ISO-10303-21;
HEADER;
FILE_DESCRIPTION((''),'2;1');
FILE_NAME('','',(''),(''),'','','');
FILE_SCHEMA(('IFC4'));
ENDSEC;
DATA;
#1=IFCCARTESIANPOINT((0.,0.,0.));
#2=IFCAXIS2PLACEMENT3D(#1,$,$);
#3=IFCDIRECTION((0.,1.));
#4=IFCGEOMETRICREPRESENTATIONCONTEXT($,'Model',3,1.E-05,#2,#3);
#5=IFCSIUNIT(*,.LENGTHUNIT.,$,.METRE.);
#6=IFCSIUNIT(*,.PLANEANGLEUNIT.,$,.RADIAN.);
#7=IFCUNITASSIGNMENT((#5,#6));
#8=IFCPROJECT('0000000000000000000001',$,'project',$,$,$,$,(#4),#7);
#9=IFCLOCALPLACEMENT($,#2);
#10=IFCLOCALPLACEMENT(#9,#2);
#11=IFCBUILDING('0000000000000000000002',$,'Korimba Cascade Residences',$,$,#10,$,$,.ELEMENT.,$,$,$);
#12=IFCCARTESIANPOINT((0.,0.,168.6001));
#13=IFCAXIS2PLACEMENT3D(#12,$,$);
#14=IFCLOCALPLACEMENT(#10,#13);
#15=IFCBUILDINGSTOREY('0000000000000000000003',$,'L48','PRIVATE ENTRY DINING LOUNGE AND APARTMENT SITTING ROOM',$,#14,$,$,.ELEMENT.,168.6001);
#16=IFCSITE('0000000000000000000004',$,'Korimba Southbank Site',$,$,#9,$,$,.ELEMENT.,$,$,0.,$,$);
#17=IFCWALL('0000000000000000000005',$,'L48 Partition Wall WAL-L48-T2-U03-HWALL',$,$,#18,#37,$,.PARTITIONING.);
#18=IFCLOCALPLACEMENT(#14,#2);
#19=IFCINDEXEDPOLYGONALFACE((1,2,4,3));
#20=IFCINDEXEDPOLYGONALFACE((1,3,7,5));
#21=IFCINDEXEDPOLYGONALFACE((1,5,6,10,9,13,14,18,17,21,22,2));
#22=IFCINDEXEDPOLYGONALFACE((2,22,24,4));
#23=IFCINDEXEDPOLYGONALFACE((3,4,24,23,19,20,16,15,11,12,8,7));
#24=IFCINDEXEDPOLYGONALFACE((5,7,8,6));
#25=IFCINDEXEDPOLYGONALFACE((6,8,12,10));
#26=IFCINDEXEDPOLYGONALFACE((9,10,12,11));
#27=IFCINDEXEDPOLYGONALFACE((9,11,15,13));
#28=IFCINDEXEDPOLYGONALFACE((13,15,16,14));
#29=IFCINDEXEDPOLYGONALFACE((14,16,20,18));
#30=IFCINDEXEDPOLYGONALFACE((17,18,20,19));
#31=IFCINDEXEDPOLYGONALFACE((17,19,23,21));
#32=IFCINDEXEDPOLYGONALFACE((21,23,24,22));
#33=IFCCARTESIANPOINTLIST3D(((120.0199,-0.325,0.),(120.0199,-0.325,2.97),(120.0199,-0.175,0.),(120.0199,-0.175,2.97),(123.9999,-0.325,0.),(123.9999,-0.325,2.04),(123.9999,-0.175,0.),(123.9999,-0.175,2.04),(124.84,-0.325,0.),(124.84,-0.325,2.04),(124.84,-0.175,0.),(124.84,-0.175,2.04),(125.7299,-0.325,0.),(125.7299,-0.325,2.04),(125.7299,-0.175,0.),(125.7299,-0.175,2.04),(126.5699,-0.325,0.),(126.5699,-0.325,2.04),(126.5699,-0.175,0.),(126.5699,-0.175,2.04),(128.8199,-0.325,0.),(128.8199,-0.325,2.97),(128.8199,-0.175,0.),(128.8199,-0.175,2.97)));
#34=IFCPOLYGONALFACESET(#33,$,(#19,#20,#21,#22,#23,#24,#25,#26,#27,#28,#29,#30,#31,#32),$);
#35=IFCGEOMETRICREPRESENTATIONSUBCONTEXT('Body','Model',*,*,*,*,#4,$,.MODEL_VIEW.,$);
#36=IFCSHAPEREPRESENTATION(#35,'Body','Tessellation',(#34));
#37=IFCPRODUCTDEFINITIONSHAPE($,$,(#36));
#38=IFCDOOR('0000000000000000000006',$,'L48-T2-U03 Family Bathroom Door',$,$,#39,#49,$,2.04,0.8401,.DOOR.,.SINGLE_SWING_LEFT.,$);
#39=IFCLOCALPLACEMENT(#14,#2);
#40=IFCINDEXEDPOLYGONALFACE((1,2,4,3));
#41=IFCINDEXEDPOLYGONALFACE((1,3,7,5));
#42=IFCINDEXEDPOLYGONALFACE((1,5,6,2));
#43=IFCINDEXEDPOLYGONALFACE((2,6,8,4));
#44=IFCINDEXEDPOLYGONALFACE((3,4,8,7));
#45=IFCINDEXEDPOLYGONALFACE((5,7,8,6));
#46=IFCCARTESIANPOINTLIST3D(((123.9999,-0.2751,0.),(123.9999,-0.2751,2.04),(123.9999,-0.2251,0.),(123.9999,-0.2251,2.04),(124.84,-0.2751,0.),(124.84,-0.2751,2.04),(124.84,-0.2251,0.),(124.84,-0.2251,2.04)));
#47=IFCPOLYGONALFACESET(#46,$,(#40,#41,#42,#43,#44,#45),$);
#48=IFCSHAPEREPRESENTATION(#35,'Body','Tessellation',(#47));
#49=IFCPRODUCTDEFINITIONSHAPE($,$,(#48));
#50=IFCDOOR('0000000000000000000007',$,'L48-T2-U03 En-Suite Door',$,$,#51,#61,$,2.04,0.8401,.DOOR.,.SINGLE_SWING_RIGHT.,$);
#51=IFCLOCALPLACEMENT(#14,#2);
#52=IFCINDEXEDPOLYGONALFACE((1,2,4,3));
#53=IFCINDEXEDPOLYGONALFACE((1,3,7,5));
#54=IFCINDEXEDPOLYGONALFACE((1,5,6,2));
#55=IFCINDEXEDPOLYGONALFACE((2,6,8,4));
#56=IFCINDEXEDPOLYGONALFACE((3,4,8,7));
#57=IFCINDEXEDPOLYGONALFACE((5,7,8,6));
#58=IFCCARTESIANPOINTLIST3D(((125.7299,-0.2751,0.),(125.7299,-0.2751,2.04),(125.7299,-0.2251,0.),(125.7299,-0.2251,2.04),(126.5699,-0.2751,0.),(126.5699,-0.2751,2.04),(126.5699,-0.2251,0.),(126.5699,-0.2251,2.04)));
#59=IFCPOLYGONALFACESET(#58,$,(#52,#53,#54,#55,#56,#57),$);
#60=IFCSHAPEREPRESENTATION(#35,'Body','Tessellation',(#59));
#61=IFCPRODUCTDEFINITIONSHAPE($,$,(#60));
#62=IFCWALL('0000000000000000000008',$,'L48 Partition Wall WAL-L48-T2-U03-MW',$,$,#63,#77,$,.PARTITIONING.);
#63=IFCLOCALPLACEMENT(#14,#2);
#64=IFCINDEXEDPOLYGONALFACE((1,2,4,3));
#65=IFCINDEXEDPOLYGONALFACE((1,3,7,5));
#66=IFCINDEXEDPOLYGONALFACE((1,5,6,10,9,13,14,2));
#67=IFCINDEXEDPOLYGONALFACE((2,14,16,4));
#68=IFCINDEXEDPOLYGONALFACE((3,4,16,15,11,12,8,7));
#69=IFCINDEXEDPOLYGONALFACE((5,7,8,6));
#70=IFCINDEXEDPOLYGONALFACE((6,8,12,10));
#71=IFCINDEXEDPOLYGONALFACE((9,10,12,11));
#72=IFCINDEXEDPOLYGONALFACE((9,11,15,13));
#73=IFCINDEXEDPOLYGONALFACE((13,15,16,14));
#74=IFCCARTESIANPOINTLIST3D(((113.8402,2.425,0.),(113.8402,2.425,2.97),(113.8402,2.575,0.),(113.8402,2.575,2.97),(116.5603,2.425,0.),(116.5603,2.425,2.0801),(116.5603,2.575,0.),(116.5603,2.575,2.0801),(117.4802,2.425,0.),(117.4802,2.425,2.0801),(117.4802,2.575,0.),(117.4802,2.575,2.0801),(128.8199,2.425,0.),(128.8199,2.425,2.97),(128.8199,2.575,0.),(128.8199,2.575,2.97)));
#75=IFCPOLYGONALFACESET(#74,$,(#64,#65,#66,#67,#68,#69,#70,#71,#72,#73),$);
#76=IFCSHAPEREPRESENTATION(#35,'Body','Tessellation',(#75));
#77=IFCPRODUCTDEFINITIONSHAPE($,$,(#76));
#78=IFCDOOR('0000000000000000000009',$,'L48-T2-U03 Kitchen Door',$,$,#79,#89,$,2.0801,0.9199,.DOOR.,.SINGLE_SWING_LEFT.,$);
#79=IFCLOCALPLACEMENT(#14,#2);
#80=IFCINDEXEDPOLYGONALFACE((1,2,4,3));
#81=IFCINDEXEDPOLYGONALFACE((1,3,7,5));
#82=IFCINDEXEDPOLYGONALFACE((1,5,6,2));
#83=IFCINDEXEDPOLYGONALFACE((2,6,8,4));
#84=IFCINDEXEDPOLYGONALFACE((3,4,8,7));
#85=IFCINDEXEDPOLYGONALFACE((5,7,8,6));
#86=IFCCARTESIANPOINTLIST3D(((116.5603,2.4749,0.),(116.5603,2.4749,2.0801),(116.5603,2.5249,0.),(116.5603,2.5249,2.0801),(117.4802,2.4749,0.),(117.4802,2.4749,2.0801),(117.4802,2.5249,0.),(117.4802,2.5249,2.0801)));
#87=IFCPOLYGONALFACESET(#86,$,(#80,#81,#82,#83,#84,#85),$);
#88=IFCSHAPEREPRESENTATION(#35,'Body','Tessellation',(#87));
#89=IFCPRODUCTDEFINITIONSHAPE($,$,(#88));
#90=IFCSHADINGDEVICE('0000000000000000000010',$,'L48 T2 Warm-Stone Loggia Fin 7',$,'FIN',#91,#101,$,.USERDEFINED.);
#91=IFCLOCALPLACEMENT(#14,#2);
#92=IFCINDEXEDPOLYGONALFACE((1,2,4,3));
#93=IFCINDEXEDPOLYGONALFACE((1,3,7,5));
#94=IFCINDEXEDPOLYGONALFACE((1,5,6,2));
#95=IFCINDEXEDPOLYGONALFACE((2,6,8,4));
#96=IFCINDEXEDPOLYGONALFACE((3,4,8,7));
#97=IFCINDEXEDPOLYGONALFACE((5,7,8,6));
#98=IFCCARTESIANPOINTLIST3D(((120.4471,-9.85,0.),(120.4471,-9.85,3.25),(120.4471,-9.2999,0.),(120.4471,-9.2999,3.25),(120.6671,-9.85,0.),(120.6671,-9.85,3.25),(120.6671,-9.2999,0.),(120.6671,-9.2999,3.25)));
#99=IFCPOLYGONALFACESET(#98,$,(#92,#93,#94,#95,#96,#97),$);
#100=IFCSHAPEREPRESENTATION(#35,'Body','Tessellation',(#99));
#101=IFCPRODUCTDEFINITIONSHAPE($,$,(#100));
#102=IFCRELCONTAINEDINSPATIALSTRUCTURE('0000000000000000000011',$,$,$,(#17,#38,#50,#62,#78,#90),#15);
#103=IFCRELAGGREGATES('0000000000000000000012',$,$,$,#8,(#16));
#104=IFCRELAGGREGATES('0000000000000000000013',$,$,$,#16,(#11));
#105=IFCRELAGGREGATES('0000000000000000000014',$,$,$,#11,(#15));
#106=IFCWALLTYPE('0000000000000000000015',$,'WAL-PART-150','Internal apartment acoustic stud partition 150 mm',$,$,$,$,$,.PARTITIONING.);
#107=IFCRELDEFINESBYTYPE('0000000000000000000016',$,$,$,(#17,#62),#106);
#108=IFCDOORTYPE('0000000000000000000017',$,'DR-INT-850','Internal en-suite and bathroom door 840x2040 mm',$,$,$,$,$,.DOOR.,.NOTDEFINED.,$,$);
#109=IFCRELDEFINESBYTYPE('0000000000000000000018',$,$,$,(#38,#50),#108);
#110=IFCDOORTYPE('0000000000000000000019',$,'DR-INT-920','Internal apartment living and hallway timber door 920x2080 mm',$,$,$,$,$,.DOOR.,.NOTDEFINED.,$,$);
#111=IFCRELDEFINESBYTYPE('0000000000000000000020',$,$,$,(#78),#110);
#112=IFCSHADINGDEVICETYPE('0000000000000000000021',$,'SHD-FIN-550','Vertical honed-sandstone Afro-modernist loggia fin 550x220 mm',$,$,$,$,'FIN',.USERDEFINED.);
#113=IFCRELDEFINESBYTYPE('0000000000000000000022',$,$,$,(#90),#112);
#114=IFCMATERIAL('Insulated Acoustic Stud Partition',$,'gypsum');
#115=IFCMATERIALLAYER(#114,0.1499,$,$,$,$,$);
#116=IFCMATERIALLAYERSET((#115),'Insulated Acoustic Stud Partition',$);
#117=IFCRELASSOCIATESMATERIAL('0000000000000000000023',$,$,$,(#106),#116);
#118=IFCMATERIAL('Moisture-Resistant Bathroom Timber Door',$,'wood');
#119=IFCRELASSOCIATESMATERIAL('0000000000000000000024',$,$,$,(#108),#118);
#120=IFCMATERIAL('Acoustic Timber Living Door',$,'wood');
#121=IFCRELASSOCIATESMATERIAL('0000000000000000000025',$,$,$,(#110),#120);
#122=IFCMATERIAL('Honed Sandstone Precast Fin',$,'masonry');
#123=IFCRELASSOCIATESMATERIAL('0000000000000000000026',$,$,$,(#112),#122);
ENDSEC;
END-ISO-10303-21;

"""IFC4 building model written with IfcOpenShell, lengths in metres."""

from ifc_helpers import new_model, si_unit, direction, frame, frame_2d, origin, origin_2d, place, context, subcontext, project, spatial, rectangle, extrude, material, layer, layer_set, type_object, element, fill, save


model = new_model("IFC4")

# Units and contexts
model_context = context("Model", 3, precision=1e-05, world=origin(), true_north=direction((0.0, 1.0)))
body_context = subcontext(model_context, "Body", "Model", "MODEL_VIEW")
ifc_project = project(units=[si_unit("LENGTHUNIT", "METRE"), si_unit("PLANEANGLEUNIT", "RADIAN")], contexts=[model_context])

# Site, building, storey
site_placement = place(None, origin())
site = spatial("IfcSite", under=ifc_project, at=site_placement, Name="Korimba Southbank Site", CompositionType="ELEMENT", RefElevation=0.0)
building_placement = place(site_placement, origin())
building = spatial("IfcBuilding", under=site, at=building_placement, Name="Korimba Cascade Residences", CompositionType="ELEMENT")
storey_placement = place(building_placement, frame((0.0, 0.0, 168.6001)))
storey = spatial("IfcBuildingStorey", under=building, at=storey_placement, Name="L48", Description="PRIVATE ENTRY DINING LOUNGE AND APARTMENT SITTING ROOM", CompositionType="ELEMENT", Elevation=168.6001)

# Shared definitions
ifc_material_1 = material(Name="Insulated Acoustic Stud Partition", Category="gypsum")
ifc_layer = layer(ifc_material_1, 0.1499)
ifc_layer_set = layer_set([ifc_layer], Name="Insulated Acoustic Stud Partition")
wall_type = type_object("IfcWallType", Name="WAL-PART-150", Description="Internal apartment acoustic stud partition 150 mm", PredefinedType="PARTITIONING", material=ifc_layer_set)
ifc_material_2 = material(Name="Moisture-Resistant Bathroom Timber Door", Category="wood")
door_type_1 = type_object("IfcDoorType", Name="DR-INT-850", Description="Internal en-suite and bathroom door 840x2040 mm", OperationType="NOTDEFINED", PredefinedType="DOOR", material=ifc_material_2)
ifc_material_3 = material(Name="Acoustic Timber Living Door", Category="wood")
door_type_2 = type_object("IfcDoorType", Name="DR-INT-920", Description="Internal apartment living and hallway timber door 920x2080 mm", OperationType="NOTDEFINED", PredefinedType="DOOR", material=ifc_material_3)

# Wall, openings, doors
wall_1_placement = place(storey_placement, frame((120.02, -0.25, 0.0), z_axis=(0.0, 0.0, 1.0), x_axis=(1.0, 0.0, 0.0)))
wall_1 = element("IfcWall", 1, at=wall_1_placement, inside=storey, type_object=wall_type, Name="L48 Partition Wall WAL-L48-T2-U03-HWALL", PredefinedType="PARTITIONING", context=body_context, shape_type="SweptSolid", body=[
    extrude(rectangle(XDim=8.8, YDim=0.1499, at=frame_2d((4.3999, 0.0))), origin(), (0.0, 0.0, 1.0), 2.97),
])
opening_1_placement = place(wall_1_placement, frame((3.98, 0.0, 0.0)))
opening_1 = element("IfcOpeningElement", 2, at=opening_1_placement, cuts=wall_1, PredefinedType="OPENING", context=body_context, shape_type="SweptSolid", body=[
    extrude(rectangle(XDim=0.8401, YDim=2.04, at=frame_2d((0.4199, 1.02))), frame((0.0, 0.085, 0.0), z_axis=(0.0, -1.0, 0.0), x_axis=(1.0, 0.0, 0.0)), (0.0, 0.0, 1.0), 0.1699),
])
opening_2_placement = place(wall_1_placement, frame((5.71, 0.0, 0.0)))
opening_2 = element("IfcOpeningElement", 3, at=opening_2_placement, cuts=wall_1, PredefinedType="OPENING", context=body_context, shape_type="SweptSolid", body=[
    extrude(rectangle(XDim=0.8401, YDim=2.04, at=frame_2d((0.4199, 1.02))), frame((0.0, 0.085, 0.0), z_axis=(0.0, -1.0, 0.0), x_axis=(1.0, 0.0, 0.0)), (0.0, 0.0, 1.0), 0.1699),
])
door_1_placement = place(opening_1_placement, origin())
door_1 = element("IfcDoor", 4, at=door_1_placement, inside=storey, type_object=door_type_1, Name="L48-T2-U03 Family Bathroom Door", OperationType="SINGLE_SWING_LEFT", OverallHeight=2.04, OverallWidth=0.8401, PredefinedType="DOOR", context=body_context, shape_type="SweptSolid", body=[
    extrude(rectangle(XDim=0.8401, YDim=2.04, at=frame_2d((0.4199, 1.02))), frame((0.0, 0.0249, 0.0), z_axis=(0.0, -1.0, 0.0), x_axis=(1.0, 0.0, 0.0)), (0.0, 0.0, 1.0), 0.05),
])
fill(opening_1, door_1)
door_2_placement = place(opening_2_placement, origin())
door_2 = element("IfcDoor", 5, at=door_2_placement, inside=storey, type_object=door_type_1, Name="L48-T2-U03 En-Suite Door", OperationType="SINGLE_SWING_RIGHT", OverallHeight=2.04, OverallWidth=0.8401, PredefinedType="DOOR", context=body_context, shape_type="SweptSolid", body=[
    extrude(rectangle(XDim=0.8401, YDim=2.04, at=frame_2d((0.4199, 1.02))), frame((0.0, 0.0249, 0.0), z_axis=(0.0, -1.0, 0.0), x_axis=(1.0, 0.0, 0.0)), (0.0, 0.0, 1.0), 0.05),
])
fill(opening_2, door_2)

# Wall, opening, door
wall_2_placement = place(storey_placement, frame((113.8403, 2.5, 0.0), z_axis=(0.0, 0.0, 1.0), x_axis=(1.0, 0.0, 0.0)))
wall_2 = element("IfcWall", 6, at=wall_2_placement, inside=storey, type_object=wall_type, Name="L48 Partition Wall WAL-L48-T2-U03-MW", PredefinedType="PARTITIONING", context=body_context, shape_type="SweptSolid", body=[
    extrude(rectangle(XDim=14.9797, YDim=0.1499, at=frame_2d((7.4897, 0.0))), origin(), (0.0, 0.0, 1.0), 2.97),
])
opening_3_placement = place(wall_2_placement, frame((2.72, 0.0, 0.0)))
opening_3 = element("IfcOpeningElement", 7, at=opening_3_placement, cuts=wall_2, PredefinedType="OPENING", context=body_context, shape_type="SweptSolid", body=[
    extrude(rectangle(XDim=0.9199, YDim=2.0801, at=frame_2d((0.46, 1.04))), frame((0.0, 0.085, 0.0), z_axis=(0.0, -1.0, 0.0), x_axis=(1.0, 0.0, 0.0)), (0.0, 0.0, 1.0), 0.1699),
])
door_3_placement = place(opening_3_placement, origin())
door_3 = element("IfcDoor", 8, at=door_3_placement, inside=storey, type_object=door_type_2, Name="L48-T2-U03 Kitchen Door", OperationType="SINGLE_SWING_LEFT", OverallHeight=2.0801, OverallWidth=0.9199, PredefinedType="DOOR", context=body_context, shape_type="SweptSolid", body=[
    extrude(rectangle(XDim=0.9199, YDim=2.0801, at=frame_2d((0.46, 1.04))), frame((0.0, 0.0249, 0.0), z_axis=(0.0, -1.0, 0.0), x_axis=(1.0, 0.0, 0.0)), (0.0, 0.0, 1.0), 0.05),
])
fill(opening_3, door_3)

# Shading device
ifc_material_4 = material(Name="Honed Sandstone Precast Fin", Category="masonry")
shading_device_type = type_object("IfcShadingDeviceType", Name="SHD-FIN-550", Description="Vertical honed-sandstone Afro-modernist loggia fin 550x220 mm", ElementType="FIN", PredefinedType="USERDEFINED", material=ifc_material_4)
shading_device_placement = place(storey_placement, frame((120.5571, -9.575, 0.0), z_axis=(0.0, 0.0, 1.0), x_axis=(1.0, 0.0, 0.0)))
element("IfcShadingDevice", 9, at=shading_device_placement, inside=storey, type_object=shading_device_type, Name="L48 T2 Warm-Stone Loggia Fin 7", ObjectType="FIN", PredefinedType="USERDEFINED", context=body_context, shape_type="SweptSolid", body=[
    extrude(rectangle(XDim=0.22, YDim=0.55, at=origin_2d()), origin(), (0.0, 0.0, 1.0), 3.25),
])

save(model, "model.ifc")
